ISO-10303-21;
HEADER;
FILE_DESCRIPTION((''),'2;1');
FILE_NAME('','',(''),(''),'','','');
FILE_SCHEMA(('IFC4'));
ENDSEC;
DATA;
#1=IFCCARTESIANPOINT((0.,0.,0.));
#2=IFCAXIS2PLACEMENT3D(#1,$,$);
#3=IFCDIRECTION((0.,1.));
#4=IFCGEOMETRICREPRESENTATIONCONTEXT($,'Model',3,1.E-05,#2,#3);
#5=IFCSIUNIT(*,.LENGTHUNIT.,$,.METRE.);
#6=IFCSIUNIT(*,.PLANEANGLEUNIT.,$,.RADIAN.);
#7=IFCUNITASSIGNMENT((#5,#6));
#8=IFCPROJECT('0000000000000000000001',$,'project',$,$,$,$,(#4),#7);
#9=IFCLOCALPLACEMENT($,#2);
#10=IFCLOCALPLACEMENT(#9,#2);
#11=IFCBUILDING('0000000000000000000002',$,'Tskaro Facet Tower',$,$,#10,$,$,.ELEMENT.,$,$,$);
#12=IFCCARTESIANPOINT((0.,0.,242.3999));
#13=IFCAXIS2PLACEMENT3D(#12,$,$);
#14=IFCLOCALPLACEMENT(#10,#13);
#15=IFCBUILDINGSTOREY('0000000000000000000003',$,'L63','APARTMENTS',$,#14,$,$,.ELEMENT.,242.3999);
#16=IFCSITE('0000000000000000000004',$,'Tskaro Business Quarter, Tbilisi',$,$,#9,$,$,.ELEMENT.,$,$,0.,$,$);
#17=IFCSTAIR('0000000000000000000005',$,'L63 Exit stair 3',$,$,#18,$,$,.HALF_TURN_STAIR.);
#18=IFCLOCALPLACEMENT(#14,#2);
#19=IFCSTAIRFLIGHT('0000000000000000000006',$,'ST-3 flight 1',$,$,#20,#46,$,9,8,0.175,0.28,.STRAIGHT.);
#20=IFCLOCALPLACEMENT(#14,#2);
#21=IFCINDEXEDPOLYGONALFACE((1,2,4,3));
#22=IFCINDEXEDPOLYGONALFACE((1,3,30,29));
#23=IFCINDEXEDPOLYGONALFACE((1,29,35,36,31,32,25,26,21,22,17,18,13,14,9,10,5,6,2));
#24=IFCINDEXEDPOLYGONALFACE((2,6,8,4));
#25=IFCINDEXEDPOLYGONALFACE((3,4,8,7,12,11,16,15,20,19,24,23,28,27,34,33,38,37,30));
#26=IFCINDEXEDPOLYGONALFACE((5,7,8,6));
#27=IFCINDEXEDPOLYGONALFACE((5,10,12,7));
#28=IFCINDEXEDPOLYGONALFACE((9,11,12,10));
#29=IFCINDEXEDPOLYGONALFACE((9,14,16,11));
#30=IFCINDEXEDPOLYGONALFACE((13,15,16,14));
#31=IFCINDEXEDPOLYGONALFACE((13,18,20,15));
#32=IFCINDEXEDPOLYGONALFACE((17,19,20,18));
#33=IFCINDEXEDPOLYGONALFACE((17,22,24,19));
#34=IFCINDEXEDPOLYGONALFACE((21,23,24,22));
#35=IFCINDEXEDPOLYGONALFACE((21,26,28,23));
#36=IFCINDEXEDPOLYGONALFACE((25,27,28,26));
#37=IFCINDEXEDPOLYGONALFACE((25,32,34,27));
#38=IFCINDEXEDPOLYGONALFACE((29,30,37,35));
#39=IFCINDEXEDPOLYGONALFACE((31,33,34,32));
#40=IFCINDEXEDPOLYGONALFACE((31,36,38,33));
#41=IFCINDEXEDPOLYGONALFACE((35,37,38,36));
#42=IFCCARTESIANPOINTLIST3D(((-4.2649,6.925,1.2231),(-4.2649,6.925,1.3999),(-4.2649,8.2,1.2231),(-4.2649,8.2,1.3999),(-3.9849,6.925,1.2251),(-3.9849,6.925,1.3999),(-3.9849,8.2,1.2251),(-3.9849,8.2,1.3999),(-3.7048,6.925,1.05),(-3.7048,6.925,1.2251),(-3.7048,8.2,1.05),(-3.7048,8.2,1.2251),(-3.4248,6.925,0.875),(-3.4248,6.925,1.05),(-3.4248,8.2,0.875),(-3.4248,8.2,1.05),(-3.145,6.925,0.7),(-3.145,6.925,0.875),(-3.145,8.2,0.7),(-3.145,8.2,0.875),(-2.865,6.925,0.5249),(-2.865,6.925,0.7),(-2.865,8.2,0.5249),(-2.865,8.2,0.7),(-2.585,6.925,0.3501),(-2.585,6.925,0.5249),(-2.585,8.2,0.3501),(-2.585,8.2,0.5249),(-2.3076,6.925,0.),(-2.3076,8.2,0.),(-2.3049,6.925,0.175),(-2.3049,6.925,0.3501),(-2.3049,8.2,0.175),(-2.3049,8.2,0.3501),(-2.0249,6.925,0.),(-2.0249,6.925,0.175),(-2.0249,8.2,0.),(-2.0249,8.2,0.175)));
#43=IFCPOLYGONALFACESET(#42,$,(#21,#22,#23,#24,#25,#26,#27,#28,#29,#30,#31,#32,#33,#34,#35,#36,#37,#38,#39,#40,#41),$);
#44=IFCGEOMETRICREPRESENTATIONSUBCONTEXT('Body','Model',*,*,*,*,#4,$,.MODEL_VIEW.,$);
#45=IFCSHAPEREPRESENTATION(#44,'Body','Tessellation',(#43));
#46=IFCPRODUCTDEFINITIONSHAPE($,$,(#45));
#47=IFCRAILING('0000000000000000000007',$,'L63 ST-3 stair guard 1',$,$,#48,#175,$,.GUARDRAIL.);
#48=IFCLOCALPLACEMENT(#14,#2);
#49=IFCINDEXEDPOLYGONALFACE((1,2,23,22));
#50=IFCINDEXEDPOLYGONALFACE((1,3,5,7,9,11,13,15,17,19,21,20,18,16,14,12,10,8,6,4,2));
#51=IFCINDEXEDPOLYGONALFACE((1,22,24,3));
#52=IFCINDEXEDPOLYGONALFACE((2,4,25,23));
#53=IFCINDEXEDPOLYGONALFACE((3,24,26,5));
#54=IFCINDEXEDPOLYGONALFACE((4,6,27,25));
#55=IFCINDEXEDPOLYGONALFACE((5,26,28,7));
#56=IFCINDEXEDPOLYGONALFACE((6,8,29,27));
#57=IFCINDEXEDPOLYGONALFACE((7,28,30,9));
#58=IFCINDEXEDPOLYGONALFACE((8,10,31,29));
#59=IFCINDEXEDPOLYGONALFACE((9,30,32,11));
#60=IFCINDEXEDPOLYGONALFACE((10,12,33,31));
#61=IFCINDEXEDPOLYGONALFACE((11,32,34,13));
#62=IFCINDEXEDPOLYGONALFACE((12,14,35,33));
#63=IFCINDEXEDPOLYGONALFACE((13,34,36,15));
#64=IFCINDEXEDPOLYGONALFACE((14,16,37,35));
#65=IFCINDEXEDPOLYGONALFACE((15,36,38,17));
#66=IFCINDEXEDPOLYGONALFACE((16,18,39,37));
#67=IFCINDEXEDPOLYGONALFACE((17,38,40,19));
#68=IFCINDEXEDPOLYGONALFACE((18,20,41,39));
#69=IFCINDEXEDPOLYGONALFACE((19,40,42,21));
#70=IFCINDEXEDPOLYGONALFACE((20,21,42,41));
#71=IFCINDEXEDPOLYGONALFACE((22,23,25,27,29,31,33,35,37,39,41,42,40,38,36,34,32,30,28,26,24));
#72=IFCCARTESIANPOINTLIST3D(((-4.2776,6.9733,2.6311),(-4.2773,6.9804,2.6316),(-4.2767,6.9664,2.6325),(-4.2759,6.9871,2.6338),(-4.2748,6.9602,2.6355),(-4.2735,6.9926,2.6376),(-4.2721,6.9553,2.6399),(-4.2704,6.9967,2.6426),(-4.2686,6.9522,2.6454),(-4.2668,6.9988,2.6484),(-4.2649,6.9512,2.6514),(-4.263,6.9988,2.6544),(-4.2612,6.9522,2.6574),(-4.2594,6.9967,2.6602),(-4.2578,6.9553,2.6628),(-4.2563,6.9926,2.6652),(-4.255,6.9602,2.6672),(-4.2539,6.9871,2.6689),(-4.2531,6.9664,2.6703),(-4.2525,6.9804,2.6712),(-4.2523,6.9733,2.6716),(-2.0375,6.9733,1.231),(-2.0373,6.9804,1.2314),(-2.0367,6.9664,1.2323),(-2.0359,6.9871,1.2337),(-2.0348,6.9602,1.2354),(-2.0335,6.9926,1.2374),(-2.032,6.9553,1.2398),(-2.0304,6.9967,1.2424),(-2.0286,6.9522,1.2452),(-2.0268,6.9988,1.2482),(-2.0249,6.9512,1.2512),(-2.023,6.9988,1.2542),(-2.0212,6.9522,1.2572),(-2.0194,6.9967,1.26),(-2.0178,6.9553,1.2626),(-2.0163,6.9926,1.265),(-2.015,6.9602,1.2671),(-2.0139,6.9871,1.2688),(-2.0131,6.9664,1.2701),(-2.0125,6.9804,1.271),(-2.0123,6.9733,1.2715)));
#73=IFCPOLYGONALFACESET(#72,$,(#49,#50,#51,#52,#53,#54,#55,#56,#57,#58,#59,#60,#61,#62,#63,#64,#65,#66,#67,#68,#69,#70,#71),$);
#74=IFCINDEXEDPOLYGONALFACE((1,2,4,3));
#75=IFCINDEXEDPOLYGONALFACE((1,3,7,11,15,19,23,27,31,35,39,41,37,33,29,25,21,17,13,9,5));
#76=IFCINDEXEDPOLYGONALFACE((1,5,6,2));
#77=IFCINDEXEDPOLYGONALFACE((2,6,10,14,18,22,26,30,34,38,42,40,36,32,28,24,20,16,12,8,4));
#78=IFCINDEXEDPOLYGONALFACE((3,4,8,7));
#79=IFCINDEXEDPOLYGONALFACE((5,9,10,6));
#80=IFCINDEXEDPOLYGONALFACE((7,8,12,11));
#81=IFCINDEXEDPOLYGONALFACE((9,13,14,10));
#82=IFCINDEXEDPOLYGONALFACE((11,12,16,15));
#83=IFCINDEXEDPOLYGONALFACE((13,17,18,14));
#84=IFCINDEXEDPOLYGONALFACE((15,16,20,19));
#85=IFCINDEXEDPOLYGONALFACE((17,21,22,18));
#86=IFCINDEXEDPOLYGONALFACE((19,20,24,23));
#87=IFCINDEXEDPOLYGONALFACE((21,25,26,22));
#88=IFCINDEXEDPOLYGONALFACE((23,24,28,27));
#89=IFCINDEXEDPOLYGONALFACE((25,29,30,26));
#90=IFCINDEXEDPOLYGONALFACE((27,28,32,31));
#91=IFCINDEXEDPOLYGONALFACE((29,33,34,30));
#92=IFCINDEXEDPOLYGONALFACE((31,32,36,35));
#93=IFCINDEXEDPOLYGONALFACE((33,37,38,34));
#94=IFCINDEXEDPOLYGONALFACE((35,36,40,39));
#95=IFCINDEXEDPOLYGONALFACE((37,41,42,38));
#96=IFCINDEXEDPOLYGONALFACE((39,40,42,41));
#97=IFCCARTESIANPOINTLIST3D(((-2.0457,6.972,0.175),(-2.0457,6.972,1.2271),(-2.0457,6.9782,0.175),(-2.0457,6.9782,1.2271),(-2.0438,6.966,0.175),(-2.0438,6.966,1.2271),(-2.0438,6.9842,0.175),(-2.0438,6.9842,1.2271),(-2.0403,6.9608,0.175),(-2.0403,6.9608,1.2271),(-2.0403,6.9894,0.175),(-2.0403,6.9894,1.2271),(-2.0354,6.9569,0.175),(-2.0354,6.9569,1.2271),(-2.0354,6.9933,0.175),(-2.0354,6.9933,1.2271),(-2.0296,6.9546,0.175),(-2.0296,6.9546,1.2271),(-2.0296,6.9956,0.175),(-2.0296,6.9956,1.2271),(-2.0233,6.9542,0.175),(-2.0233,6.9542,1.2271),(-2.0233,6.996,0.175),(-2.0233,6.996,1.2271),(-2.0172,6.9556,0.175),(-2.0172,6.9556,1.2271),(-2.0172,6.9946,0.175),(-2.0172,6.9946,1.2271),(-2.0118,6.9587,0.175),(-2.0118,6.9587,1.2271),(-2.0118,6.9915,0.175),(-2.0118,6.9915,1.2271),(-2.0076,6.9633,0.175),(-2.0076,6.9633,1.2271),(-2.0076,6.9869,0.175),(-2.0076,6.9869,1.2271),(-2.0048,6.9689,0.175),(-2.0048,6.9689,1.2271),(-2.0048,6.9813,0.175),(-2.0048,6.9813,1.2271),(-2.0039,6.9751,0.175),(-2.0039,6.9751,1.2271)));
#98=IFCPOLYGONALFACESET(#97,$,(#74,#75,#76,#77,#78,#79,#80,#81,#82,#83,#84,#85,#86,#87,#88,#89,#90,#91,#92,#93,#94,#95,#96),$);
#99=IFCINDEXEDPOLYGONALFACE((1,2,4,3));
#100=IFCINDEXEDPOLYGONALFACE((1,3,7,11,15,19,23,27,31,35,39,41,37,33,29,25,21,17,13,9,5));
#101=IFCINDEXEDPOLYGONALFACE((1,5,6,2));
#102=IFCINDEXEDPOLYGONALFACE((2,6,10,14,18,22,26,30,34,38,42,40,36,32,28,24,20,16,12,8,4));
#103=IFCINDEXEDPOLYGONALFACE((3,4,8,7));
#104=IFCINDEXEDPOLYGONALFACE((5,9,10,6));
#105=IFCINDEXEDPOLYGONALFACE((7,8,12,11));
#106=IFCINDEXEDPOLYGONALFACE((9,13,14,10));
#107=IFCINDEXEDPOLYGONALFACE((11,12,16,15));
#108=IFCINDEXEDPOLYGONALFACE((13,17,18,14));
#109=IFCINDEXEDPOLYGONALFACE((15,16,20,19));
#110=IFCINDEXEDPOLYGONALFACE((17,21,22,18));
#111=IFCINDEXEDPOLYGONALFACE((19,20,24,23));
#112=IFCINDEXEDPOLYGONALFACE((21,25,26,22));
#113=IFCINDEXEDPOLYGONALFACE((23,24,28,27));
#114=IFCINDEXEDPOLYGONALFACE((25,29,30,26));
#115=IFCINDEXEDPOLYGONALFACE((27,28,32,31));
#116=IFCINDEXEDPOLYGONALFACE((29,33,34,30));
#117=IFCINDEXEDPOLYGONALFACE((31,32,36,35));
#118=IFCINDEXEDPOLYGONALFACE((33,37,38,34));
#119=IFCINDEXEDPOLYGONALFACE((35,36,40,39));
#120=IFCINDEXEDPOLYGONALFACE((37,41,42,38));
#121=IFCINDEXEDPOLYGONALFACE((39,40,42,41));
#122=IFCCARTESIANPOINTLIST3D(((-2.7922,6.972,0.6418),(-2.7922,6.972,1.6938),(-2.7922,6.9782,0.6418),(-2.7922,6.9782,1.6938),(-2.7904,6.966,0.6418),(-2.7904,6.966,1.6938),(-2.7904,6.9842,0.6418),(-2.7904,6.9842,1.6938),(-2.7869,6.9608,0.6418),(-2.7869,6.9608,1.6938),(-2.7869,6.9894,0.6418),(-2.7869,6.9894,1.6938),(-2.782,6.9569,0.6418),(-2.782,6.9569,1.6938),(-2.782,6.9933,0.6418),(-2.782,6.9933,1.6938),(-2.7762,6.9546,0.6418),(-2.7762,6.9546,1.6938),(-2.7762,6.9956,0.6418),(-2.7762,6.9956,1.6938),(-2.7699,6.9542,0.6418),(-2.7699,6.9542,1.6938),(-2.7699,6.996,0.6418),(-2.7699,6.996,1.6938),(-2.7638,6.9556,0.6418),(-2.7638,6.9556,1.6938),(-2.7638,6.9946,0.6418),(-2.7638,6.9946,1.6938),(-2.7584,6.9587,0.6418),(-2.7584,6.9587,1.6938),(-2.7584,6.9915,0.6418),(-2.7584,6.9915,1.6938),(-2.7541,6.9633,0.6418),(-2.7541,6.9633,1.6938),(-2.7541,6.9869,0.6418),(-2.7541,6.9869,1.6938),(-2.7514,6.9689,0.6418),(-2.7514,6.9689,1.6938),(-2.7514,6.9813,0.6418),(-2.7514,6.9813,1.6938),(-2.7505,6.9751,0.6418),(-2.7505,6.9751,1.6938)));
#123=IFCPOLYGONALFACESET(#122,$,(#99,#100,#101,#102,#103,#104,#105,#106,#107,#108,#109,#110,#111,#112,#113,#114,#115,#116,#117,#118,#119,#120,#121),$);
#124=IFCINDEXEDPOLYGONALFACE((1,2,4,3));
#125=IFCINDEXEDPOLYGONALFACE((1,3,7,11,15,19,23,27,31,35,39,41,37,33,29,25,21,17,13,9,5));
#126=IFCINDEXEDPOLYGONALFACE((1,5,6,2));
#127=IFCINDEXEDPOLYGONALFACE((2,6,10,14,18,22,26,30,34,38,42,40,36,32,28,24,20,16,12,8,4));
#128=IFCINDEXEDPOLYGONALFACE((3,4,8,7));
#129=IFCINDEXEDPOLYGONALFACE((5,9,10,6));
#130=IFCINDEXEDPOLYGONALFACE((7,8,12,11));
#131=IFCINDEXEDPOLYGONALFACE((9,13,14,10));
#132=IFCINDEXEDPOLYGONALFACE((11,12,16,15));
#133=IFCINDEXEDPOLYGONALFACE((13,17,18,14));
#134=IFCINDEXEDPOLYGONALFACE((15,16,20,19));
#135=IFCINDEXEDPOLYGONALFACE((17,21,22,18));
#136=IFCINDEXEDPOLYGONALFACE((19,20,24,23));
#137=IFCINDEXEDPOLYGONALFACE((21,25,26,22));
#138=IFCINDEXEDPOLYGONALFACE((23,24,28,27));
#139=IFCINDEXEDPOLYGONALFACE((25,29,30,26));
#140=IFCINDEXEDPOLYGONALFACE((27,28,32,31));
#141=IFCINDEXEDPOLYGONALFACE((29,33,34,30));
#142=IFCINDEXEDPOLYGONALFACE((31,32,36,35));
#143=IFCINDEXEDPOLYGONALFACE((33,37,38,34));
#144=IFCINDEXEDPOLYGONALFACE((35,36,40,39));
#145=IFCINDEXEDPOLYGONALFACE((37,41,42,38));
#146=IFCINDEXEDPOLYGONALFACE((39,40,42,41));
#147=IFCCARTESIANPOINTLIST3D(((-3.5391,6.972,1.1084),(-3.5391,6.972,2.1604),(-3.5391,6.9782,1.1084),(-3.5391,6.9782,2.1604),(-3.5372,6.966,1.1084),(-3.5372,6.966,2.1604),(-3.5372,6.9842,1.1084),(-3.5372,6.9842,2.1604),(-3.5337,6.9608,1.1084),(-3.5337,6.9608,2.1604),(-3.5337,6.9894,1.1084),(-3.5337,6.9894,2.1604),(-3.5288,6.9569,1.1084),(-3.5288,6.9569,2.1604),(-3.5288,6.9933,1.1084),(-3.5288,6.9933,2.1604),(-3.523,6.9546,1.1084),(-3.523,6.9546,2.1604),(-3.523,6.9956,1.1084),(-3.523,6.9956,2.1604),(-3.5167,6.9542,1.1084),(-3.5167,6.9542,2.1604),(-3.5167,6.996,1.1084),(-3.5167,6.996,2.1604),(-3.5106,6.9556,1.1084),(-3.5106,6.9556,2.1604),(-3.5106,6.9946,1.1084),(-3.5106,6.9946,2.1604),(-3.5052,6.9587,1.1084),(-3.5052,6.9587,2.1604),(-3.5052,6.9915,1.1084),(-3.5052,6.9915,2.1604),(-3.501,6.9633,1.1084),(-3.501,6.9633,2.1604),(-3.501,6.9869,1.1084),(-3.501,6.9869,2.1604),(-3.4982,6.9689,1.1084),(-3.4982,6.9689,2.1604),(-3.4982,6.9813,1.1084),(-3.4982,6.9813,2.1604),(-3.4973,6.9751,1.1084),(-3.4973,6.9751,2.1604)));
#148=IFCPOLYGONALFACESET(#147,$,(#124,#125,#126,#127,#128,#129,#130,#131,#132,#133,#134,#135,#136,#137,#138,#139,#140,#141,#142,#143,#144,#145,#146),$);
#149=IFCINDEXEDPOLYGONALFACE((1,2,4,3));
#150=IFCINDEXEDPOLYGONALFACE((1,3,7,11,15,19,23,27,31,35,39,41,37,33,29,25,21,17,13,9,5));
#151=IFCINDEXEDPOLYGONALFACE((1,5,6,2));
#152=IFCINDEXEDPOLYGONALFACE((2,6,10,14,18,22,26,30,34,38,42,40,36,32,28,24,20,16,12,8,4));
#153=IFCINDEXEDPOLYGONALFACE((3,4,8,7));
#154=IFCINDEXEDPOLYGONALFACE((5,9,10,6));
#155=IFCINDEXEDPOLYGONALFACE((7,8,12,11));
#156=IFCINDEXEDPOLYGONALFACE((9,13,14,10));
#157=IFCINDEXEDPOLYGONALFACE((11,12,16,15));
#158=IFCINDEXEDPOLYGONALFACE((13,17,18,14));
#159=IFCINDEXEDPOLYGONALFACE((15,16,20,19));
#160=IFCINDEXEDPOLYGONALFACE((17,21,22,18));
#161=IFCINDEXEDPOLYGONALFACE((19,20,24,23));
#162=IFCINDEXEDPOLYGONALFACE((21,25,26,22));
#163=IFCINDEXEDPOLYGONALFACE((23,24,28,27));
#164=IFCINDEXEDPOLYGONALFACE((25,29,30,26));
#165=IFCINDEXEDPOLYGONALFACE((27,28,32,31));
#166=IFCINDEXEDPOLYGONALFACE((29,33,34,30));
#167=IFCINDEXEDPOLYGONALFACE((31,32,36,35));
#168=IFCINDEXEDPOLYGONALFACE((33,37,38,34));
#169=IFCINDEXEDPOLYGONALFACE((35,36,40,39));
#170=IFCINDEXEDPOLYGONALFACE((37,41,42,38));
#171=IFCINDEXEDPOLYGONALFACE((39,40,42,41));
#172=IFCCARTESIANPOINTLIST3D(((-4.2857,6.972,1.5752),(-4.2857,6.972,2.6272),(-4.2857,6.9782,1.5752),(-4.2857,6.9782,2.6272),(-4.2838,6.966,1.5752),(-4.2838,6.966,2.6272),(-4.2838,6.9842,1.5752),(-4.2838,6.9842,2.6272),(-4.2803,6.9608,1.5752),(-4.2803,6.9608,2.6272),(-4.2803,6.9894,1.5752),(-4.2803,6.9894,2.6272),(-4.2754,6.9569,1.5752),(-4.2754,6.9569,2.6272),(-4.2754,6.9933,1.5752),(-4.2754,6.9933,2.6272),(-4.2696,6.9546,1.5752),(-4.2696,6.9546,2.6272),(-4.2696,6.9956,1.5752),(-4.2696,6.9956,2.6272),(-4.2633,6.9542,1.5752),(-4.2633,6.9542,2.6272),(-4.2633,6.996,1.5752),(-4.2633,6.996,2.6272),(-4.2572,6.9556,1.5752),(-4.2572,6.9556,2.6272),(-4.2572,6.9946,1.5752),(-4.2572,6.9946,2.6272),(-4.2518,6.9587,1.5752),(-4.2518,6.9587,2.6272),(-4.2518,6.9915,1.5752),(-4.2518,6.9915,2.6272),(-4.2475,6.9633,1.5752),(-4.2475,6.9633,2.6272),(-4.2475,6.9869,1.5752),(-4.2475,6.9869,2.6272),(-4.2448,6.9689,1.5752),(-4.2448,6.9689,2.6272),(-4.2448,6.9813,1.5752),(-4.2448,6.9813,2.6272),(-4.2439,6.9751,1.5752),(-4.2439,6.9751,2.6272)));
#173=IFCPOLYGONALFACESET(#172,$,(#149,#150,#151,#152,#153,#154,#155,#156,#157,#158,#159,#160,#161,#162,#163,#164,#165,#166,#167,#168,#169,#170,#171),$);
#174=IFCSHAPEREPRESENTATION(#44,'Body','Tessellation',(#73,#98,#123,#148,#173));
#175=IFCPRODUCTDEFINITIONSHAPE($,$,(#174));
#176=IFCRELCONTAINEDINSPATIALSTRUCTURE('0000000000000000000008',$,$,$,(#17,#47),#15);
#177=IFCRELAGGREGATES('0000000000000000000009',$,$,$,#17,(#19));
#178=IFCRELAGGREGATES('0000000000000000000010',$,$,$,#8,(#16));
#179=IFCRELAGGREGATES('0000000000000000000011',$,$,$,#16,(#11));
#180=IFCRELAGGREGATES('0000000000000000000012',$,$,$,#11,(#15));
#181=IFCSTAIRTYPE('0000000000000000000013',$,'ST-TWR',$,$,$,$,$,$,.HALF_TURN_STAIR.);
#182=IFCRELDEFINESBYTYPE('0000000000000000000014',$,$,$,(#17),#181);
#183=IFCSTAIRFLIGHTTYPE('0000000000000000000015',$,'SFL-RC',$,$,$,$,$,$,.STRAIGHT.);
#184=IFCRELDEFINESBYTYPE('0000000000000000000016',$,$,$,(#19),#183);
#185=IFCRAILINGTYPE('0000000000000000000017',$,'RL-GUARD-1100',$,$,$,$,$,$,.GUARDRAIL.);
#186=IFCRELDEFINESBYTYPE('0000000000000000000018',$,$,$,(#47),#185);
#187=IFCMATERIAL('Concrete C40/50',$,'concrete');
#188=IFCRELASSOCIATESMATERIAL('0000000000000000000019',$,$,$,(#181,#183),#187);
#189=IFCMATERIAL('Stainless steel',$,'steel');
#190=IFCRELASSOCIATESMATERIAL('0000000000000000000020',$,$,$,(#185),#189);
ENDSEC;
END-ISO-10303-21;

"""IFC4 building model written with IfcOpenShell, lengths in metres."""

from ifc_helpers import new_model, si_unit, direction, frame, origin, origin_2d, place, context, subcontext, project, spatial, polyline, circle, outline, extrude, material, type_object, element, aggregate, save


model = new_model("IFC4")

# Units and contexts
model_context = context("Model", 3, precision=1e-05, world=origin(), true_north=direction((0.0, 1.0)))
body_context = subcontext(model_context, "Body", "Model", "MODEL_VIEW")
ifc_project = project(units=[si_unit("LENGTHUNIT", "METRE"), si_unit("PLANEANGLEUNIT", "RADIAN")], contexts=[model_context])

# Site, building, storey
site_placement = place(None, origin())
site = spatial("IfcSite", under=ifc_project, at=site_placement, Name="Tskaro Business Quarter, Tbilisi", CompositionType="ELEMENT", RefElevation=0.0)
building_placement = place(site_placement, origin())
building = spatial("IfcBuilding", under=site, at=building_placement, Name="Tskaro Facet Tower", CompositionType="ELEMENT")
storey_placement = place(building_placement, frame((0.0, 0.0, 242.3999)))
storey = spatial("IfcBuildingStorey", under=building, at=storey_placement, Name="L63", Description="APARTMENTS", CompositionType="ELEMENT", Elevation=242.3999)

# Stair
ifc_material_1 = material(Name="Concrete C40/50", Category="concrete")
stair_type = type_object("IfcStairType", Name="ST-TWR", PredefinedType="HALF_TURN_STAIR", material=ifc_material_1)
stair_1_placement = place(storey_placement, origin())
stair_1 = element("IfcStair", 1, at=stair_1_placement, inside=storey, type_object=stair_type, Name="L63 Exit stair 3", PredefinedType="HALF_TURN_STAIR")

# Stair flight
stair_flight_type = type_object("IfcStairFlightType", Name="SFL-RC", PredefinedType="STRAIGHT", material=ifc_material_1)
stair_flight_placement = place(storey_placement, frame((-2.0249, 7.5625, 0.0), z_axis=(0.0, 0.0, 1.0), x_axis=(-1.0, 0.0, 0.0)))
stair_flight = element("IfcStairFlight", 2, at=stair_flight_placement, type_object=stair_flight_type, Name="ST-3 flight 1", NumberOfRisers=9, NumberOfTreads=8, PredefinedType="STRAIGHT", RiserHeight=0.175, TreadLength=0.28, context=body_context, shape_type="SweptSolid", body=[
    extrude(outline(polyline([(0.0, 0.0), (0.0, 0.175), (0.28, 0.175), (0.28, 0.3501), (0.5601, 0.3501), (0.5601, 0.5249), (0.8401, 0.5249), (0.8401, 0.7), (1.1201, 0.7), (1.1201, 0.875), (1.3999, 0.875), (1.3999, 1.05), (1.6799, 1.05), (1.6799, 1.2251), (1.96, 1.2251), (1.96, 1.3999), (2.24, 1.3999), (2.24, 1.575), (2.24, 1.2231), (0.2827, 0.0), (0.0, 0.0)])), frame((0.0, 0.6375, 0.0), z_axis=(0.0, -1.0, 0.0), x_axis=(1.0, 0.0, 0.0)), (0.0, 0.0, 1.0), 1.2749),
])
aggregate(stair_1, [stair_flight])

# Railing
ifc_material_2 = material(Name="Stainless steel", Category="steel")
railing_type_1 = type_object("IfcRailingType", Name="RL-GUARD-1100", PredefinedType="GUARDRAIL", material=ifc_material_2)
railing_1_placement = place(storey_placement, frame((-2.0249, 6.9751, 0.175)))
element("IfcRailing", 3, at=railing_1_placement, inside=storey, type_object=railing_type_1, Name="L63 ST-3 stair guard 1", PredefinedType="GUARDRAIL", context=body_context, shape_type="SweptSolid", body=[
    extrude(circle(Radius=0.0239, at=origin_2d()), frame((0.0, 0.0, 1.0762), z_axis=(-0.847972, 0.0, 0.53004), x_axis=(0.0, -1.0, 0.0)), (0.0, 0.0, 1.0), 2.6416),
    extrude(circle(Radius=0.021, at=origin_2d()), origin(), (0.0, 0.0, 1.0), 1.052),
    extrude(circle(Radius=0.021, at=origin_2d()), frame((-0.7466, 0.0, 0.4668)), (0.0, 0.0, 1.0), 1.052),
    extrude(circle(Radius=0.021, at=origin_2d()), frame((-1.4934, 0.0, 0.9333)), (0.0, 0.0, 1.0), 1.052),
    extrude(circle(Radius=0.021, at=origin_2d()), frame((-2.24, 0.0, 1.4001)), (0.0, 0.0, 1.0), 1.052),
])

save(model, "model.ifc")
